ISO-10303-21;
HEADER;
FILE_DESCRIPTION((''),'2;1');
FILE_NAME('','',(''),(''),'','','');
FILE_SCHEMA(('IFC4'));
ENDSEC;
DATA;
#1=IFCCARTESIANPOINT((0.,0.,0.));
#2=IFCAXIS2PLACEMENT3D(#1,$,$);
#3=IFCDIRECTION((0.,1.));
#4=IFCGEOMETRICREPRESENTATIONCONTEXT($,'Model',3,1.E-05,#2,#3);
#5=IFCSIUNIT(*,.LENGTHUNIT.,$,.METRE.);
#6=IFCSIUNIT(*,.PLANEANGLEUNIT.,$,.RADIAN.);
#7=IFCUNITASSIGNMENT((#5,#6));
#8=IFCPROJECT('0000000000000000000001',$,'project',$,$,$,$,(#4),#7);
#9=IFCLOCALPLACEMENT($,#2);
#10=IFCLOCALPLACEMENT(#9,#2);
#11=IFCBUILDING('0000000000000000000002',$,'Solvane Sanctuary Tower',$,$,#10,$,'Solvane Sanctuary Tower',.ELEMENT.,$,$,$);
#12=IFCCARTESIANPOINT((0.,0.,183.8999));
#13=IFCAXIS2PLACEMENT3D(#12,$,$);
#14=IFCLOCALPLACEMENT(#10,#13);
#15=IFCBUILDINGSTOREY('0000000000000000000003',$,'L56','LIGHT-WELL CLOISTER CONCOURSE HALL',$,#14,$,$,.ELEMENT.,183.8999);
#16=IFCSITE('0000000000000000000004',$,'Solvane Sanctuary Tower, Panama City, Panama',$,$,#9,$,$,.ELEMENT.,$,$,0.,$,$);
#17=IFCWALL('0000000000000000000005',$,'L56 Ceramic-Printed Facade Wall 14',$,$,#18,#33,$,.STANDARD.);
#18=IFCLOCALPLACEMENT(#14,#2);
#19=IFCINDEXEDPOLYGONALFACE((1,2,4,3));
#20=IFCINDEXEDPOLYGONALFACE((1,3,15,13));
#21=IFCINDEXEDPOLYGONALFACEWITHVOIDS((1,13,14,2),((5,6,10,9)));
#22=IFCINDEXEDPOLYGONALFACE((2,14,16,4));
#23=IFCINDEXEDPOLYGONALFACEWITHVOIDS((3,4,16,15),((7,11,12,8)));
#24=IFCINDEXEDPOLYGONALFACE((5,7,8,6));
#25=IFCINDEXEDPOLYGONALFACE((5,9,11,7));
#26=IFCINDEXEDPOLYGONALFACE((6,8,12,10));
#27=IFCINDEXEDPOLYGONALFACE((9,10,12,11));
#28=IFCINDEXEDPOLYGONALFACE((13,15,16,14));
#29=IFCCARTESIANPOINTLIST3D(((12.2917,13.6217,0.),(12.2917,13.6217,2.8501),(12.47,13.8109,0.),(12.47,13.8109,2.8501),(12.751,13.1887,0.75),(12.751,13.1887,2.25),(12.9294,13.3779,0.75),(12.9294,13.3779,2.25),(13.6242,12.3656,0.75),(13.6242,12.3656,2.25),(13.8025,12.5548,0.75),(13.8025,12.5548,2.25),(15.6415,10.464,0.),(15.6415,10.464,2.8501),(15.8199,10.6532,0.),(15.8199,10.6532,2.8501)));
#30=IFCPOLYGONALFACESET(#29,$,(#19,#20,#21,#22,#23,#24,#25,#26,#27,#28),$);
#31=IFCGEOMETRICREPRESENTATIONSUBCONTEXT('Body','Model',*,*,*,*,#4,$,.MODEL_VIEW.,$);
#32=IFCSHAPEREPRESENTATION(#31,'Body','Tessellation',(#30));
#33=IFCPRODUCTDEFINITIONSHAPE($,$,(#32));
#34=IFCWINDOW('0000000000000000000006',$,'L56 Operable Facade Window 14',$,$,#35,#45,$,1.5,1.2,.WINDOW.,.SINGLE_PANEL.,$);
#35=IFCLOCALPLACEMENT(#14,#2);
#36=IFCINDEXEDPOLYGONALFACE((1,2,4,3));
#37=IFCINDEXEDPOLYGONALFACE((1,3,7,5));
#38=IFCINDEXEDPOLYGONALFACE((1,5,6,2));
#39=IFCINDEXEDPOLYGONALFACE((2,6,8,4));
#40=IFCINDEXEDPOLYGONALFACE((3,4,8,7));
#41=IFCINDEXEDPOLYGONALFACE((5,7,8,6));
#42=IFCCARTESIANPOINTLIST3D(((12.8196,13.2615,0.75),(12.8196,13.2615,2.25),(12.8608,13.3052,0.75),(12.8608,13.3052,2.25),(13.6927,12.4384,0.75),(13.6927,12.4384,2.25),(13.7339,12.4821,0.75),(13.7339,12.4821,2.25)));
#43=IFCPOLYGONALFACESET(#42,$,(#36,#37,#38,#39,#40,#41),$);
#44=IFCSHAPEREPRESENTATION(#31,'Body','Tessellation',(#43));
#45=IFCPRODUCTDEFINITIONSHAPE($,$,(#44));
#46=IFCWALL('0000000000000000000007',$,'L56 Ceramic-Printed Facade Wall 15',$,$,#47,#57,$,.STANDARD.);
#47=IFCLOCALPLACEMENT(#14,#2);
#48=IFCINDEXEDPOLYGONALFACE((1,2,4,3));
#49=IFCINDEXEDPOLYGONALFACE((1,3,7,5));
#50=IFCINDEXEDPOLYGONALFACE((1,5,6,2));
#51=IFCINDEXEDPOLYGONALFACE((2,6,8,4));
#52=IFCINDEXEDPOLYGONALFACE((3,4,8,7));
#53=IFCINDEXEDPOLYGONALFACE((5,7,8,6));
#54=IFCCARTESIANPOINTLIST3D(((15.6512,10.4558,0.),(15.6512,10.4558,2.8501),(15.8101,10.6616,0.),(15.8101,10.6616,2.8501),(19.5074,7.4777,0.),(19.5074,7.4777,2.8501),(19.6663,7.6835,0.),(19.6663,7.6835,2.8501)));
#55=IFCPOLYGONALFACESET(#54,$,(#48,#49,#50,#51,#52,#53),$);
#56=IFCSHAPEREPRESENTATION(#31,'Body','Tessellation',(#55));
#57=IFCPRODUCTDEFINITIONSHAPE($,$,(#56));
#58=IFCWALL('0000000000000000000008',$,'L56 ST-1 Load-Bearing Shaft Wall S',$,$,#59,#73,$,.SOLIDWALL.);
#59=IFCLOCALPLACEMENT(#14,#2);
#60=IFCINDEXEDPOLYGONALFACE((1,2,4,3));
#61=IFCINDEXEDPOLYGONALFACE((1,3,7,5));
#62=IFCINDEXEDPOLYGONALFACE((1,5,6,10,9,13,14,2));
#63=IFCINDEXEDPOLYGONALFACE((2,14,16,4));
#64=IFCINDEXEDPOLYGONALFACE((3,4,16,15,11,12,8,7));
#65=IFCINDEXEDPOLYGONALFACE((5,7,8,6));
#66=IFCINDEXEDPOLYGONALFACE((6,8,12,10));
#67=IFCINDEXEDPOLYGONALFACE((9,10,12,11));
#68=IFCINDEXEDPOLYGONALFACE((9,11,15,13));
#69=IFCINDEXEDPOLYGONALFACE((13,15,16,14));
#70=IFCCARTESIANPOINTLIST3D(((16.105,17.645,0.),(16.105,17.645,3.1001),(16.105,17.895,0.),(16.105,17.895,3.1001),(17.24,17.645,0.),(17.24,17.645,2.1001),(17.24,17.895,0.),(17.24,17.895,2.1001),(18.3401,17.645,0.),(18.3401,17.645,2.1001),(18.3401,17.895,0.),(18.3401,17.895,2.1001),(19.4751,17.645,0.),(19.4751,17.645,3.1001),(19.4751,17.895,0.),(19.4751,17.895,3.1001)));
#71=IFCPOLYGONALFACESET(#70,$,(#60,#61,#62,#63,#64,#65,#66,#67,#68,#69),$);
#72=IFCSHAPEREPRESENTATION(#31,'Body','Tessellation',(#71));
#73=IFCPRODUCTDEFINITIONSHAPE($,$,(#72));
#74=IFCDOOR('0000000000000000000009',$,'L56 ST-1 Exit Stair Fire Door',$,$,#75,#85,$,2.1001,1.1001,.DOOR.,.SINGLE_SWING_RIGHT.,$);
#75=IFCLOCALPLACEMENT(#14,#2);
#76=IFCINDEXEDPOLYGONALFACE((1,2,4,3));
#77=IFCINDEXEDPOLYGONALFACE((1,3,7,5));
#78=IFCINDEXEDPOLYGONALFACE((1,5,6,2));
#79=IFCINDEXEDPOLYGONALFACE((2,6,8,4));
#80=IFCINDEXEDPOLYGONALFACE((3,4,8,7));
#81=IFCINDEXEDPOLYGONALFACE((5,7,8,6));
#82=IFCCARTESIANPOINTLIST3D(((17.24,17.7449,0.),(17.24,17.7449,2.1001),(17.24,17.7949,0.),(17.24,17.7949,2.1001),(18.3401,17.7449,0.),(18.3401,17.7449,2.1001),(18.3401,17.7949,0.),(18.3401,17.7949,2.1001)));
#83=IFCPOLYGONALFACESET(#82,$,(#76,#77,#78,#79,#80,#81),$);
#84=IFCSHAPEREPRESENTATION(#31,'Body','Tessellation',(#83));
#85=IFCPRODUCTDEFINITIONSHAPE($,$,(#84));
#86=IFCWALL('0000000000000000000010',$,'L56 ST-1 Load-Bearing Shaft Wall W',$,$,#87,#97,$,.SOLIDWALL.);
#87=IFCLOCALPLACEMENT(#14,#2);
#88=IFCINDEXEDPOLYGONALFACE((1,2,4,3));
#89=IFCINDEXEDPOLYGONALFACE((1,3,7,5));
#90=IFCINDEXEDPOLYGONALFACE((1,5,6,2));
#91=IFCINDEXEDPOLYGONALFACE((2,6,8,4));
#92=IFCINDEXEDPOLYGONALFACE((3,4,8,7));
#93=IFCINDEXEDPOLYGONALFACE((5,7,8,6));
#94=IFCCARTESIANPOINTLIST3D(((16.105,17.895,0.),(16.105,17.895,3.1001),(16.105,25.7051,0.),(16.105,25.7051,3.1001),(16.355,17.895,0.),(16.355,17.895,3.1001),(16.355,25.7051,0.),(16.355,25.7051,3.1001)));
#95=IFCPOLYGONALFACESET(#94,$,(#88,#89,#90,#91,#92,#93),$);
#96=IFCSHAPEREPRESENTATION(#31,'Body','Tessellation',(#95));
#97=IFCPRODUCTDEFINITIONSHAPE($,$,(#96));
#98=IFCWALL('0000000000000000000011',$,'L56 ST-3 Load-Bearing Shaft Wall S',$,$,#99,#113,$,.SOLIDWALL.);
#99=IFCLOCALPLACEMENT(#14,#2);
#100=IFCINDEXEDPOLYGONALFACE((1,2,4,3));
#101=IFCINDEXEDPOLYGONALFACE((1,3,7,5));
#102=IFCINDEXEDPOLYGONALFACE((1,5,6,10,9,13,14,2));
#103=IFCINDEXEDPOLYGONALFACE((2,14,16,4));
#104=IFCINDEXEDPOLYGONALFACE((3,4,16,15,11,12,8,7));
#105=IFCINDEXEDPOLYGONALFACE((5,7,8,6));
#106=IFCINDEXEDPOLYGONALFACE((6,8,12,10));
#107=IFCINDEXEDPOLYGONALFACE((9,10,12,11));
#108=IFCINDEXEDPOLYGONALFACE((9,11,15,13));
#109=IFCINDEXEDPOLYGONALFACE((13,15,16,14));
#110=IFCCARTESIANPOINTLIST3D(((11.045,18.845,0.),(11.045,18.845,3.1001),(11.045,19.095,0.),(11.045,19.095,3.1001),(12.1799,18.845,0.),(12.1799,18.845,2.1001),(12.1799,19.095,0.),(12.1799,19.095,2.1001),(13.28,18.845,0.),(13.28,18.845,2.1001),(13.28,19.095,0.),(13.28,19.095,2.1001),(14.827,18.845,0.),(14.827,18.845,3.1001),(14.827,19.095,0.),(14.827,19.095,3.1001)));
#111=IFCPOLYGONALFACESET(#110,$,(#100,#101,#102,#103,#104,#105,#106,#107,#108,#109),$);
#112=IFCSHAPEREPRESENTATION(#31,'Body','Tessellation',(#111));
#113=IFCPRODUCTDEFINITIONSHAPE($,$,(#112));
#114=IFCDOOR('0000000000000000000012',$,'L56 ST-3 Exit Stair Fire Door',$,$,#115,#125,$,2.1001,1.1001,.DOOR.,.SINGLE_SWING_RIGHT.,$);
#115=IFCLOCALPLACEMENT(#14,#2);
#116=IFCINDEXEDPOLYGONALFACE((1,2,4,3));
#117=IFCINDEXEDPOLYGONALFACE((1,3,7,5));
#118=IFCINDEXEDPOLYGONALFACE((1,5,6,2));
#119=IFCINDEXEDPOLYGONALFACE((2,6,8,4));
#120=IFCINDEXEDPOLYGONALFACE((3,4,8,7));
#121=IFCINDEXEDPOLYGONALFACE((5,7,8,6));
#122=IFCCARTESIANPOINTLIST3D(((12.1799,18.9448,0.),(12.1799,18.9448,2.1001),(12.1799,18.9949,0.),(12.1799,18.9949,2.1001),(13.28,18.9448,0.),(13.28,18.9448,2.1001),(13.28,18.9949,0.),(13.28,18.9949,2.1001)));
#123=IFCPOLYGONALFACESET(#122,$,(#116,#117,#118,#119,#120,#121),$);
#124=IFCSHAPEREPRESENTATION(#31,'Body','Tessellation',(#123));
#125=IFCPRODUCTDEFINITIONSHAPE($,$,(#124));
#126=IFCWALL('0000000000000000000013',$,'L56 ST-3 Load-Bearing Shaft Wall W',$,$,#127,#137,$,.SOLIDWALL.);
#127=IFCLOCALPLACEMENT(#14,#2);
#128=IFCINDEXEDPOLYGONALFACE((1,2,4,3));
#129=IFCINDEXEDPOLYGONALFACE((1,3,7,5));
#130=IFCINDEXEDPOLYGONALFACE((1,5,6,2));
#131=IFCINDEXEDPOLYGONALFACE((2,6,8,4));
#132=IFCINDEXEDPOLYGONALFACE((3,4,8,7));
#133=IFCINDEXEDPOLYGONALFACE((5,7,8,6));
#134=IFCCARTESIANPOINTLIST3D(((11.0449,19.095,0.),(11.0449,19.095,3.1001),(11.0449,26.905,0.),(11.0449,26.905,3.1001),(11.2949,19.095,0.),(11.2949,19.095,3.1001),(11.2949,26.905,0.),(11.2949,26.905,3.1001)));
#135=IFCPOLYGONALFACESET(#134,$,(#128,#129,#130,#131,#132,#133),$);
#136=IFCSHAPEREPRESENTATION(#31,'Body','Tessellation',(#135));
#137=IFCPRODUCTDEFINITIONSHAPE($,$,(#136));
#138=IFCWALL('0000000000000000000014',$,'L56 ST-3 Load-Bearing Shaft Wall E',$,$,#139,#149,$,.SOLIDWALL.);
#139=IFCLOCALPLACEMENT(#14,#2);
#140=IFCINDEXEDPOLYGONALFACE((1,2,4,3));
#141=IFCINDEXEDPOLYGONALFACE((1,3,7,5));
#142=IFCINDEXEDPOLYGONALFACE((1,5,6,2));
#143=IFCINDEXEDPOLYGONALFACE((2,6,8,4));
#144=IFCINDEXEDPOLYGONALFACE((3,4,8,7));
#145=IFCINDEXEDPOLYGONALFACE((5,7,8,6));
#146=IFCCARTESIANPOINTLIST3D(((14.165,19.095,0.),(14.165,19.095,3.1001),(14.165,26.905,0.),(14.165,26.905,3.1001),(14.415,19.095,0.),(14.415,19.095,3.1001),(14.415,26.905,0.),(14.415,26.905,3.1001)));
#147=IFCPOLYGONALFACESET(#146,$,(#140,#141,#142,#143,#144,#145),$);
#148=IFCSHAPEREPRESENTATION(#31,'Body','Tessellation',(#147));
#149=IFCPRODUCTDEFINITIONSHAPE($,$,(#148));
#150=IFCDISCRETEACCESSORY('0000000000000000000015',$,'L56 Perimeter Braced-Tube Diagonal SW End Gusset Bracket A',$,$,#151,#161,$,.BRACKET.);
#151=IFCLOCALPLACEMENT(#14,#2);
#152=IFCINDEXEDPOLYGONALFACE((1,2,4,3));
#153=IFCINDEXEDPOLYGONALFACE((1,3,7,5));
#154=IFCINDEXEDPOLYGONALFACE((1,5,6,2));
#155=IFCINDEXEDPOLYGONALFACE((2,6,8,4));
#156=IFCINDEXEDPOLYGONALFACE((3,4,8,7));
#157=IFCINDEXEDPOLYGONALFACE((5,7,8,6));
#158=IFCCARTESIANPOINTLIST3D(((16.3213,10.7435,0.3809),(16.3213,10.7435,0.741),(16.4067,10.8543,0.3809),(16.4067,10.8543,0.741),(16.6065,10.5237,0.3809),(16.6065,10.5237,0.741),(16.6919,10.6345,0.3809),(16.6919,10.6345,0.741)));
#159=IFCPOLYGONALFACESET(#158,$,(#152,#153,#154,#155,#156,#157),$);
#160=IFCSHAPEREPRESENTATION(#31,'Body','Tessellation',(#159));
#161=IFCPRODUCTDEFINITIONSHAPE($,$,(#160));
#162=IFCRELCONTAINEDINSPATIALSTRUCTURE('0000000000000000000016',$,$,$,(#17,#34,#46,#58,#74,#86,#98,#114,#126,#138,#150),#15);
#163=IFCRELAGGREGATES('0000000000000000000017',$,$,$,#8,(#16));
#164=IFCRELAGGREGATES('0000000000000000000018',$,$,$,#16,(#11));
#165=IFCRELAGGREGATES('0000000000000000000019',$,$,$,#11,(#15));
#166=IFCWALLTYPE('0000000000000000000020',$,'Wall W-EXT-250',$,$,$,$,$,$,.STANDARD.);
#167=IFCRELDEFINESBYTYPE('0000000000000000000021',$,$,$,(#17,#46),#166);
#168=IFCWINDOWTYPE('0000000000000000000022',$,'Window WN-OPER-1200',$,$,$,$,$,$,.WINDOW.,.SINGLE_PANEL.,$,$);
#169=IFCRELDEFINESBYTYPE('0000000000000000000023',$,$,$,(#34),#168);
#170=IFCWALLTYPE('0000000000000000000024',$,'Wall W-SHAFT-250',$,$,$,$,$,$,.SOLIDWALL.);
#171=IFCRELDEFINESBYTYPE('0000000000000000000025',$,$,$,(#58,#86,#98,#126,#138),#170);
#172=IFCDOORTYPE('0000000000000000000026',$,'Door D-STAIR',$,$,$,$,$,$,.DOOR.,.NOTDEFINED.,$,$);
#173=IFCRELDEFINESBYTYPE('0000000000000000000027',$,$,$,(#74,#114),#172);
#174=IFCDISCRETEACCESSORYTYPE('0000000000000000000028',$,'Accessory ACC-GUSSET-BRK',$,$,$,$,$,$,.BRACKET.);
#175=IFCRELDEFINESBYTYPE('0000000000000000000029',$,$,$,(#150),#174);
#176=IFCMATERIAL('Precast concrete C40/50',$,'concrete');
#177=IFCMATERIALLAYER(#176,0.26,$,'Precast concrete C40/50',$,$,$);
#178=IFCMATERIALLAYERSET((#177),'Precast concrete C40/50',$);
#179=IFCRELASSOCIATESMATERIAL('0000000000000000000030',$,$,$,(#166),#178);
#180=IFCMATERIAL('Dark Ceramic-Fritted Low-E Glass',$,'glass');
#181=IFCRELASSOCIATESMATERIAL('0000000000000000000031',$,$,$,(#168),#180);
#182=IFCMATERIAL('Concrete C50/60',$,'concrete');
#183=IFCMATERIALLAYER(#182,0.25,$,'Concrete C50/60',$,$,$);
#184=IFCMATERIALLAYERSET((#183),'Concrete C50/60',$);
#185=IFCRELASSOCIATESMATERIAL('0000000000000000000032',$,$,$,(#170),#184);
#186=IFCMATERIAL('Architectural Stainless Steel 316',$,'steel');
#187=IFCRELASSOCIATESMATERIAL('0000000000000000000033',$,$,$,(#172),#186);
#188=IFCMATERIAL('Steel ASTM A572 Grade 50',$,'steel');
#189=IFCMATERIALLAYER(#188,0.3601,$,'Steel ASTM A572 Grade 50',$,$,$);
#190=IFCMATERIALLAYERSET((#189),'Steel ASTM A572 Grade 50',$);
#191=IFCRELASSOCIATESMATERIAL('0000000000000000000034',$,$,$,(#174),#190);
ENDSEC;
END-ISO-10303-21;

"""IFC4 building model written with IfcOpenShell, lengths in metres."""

from ifc_helpers import new_model, si_unit, direction, frame, frame_2d, origin, origin_2d, place, context, subcontext, project, spatial, rectangle, extrude, material, layer, layer_set, type_object, element, fill, save


model = new_model("IFC4")

# Units and contexts
model_context = context("Model", 3, precision=1e-05, world=origin(), true_north=direction((0.0, 1.0)))
body_context = subcontext(model_context, "Body", "Model", "MODEL_VIEW")
ifc_project = project(units=[si_unit("LENGTHUNIT", "METRE"), si_unit("PLANEANGLEUNIT", "RADIAN")], contexts=[model_context])

# Site, building, storey
site_placement = place(None, origin())
site = spatial("IfcSite", under=ifc_project, at=site_placement, Name="Solvane Sanctuary Tower, Panama City, Panama", CompositionType="ELEMENT", RefElevation=0.0)
building_placement = place(site_placement, origin())
building = spatial("IfcBuilding", under=site, at=building_placement, Name="Solvane Sanctuary Tower", LongName="Solvane Sanctuary Tower", CompositionType="ELEMENT")
storey_placement = place(building_placement, frame((0.0, 0.0, 183.8999)))
storey = spatial("IfcBuildingStorey", under=building, at=storey_placement, Name="L56", Description="LIGHT-WELL CLOISTER CONCOURSE HALL", CompositionType="ELEMENT", Elevation=183.8999)

# Shared definitions
ifc_material_1 = material(Name="Concrete C50/60", Category="concrete")

# Shared definitions
ifc_material_2 = material(Name="Architectural Stainless Steel 316", Category="steel")

# Wall, opening, window
ifc_material_3 = material(Name="Precast concrete C40/50", Category="concrete")
ifc_layer_1 = layer(ifc_material_3, 0.26, Name="Precast concrete C40/50")
ifc_layer_set_1 = layer_set([ifc_layer_1], Name="Precast concrete C40/50")
wall_type_1 = type_object("IfcWallType", Name="Wall W-EXT-250", PredefinedType="STANDARD", material=ifc_layer_set_1)
ifc_material_4 = material(Name="Dark Ceramic-Fritted Low-E Glass", Category="glass")
window_type = type_object("IfcWindowType", Name="Window WN-OPER-1200", PartitioningType="SINGLE_PANEL", PredefinedType="WINDOW", material=ifc_material_4)
wall_1_placement = place(storey_placement, frame((12.3809, 13.7163, 0.0), z_axis=(0.0, 0.0, 1.0), x_axis=(0.727667, -0.68593, 0.0)))
wall_1 = element("IfcWall", 1, at=wall_1_placement, inside=storey, type_object=wall_type_1, Name="L56 Ceramic-Printed Facade Wall 14", PredefinedType="STANDARD", context=body_context, shape_type="SweptSolid", body=[
    extrude(rectangle(XDim=4.6035, YDim=0.26, at=frame_2d((2.3018, 0.0))), origin(), (0.0, 0.0, 1.0), 2.8501),
])
opening_1_placement = place(wall_1_placement, frame((0.6311, 0.0, 0.75)))
opening_1 = element("IfcOpeningElement", 2, at=opening_1_placement, cuts=wall_1, PredefinedType="OPENING", context=body_context, shape_type="SweptSolid", body=[
    extrude(rectangle(XDim=1.2, YDim=1.5, at=frame_2d((0.6001, 0.75))), frame((0.0, 0.1399, 0.0), z_axis=(0.0, -1.0, 0.0), x_axis=(1.0, 0.0, 0.0)), (0.0, 0.0, 1.0), 0.28),
])
window_1_placement = place(opening_1_placement, origin())
window_1 = element("IfcWindow", 3, at=window_1_placement, inside=storey, type_object=window_type, Name="L56 Operable Facade Window 14", OverallHeight=1.5, OverallWidth=1.2, PartitioningType="SINGLE_PANEL", PredefinedType="WINDOW", context=body_context, shape_type="SweptSolid", body=[
    extrude(rectangle(XDim=1.2, YDim=1.5, at=frame_2d((0.6001, 0.75))), frame((0.0, 0.03, 0.0), z_axis=(0.0, -1.0, 0.0), x_axis=(1.0, 0.0, 0.0)), (0.0, 0.0, 1.0), 0.0601),
])
fill(opening_1, window_1)

# Wall
wall_2_placement = place(storey_placement, frame((15.7307, 10.5586, 0.0), z_axis=(0.0, 0.0, 1.0), x_axis=(0.79146, -0.611221, 0.0)))
element("IfcWall", 4, at=wall_2_placement, inside=storey, type_object=wall_type_1, Name="L56 Ceramic-Printed Facade Wall 15", PredefinedType="STANDARD", context=body_context, shape_type="SweptSolid", body=[
    extrude(rectangle(XDim=4.8723, YDim=0.26, at=frame_2d((2.436, 0.0))), origin(), (0.0, 0.0, 1.0), 2.8501),
])

# Wall, opening, door
ifc_layer_2 = layer(ifc_material_1, 0.25, Name="Concrete C50/60")
ifc_layer_set_2 = layer_set([ifc_layer_2], Name="Concrete C50/60")
wall_type_2 = type_object("IfcWallType", Name="Wall W-SHAFT-250", PredefinedType="SOLIDWALL", material=ifc_layer_set_2)
wall_3_placement = place(storey_placement, frame((16.105, 17.77, 0.0), z_axis=(0.0, 0.0, 1.0), x_axis=(1.0, 0.0, 0.0)))
wall_3 = element("IfcWall", 5, at=wall_3_placement, inside=storey, type_object=wall_type_2, Name="L56 ST-1 Load-Bearing Shaft Wall S", PredefinedType="SOLIDWALL", context=body_context, shape_type="SweptSolid", body=[
    extrude(rectangle(XDim=3.3701, YDim=0.25, at=frame_2d((1.6851, 0.0))), origin(), (0.0, 0.0, 1.0), 3.1001),
])
opening_2_placement = place(wall_3_placement, frame((1.135, 0.0, 0.0)))
opening_2 = element("IfcOpeningElement", 6, at=opening_2_placement, cuts=wall_3, PredefinedType="OPENING", context=body_context, shape_type="SweptSolid", body=[
    extrude(rectangle(XDim=1.1001, YDim=2.1001, at=frame_2d((0.55, 1.05))), frame((0.0, 0.135, 0.0), z_axis=(0.0, -1.0, 0.0), x_axis=(1.0, 0.0, 0.0)), (0.0, 0.0, 1.0), 0.27),
])
door_type_1 = type_object("IfcDoorType", Name="Door D-STAIR", OperationType="NOTDEFINED", PredefinedType="DOOR", material=ifc_material_2)
door_1_placement = place(opening_2_placement, origin())
door_1 = element("IfcDoor", 7, at=door_1_placement, inside=storey, type_object=door_type_1, Name="L56 ST-1 Exit Stair Fire Door", OperationType="SINGLE_SWING_RIGHT", OverallHeight=2.1001, OverallWidth=1.1001, PredefinedType="DOOR", context=body_context, shape_type="SweptSolid", body=[
    extrude(rectangle(XDim=1.1001, YDim=2.1001, at=frame_2d((0.55, 1.05))), frame((0.0, 0.0249, 0.0), z_axis=(0.0, -1.0, 0.0), x_axis=(1.0, 0.0, 0.0)), (0.0, 0.0, 1.0), 0.05),
])
fill(opening_2, door_1)

# Wall
wall_4_placement = place(storey_placement, frame((16.23, 17.895, 0.0), z_axis=(0.0, 0.0, 1.0), x_axis=(0.0, 1.0, 0.0)))
element("IfcWall", 8, at=wall_4_placement, inside=storey, type_object=wall_type_2, Name="L56 ST-1 Load-Bearing Shaft Wall W", PredefinedType="SOLIDWALL", context=body_context, shape_type="SweptSolid", body=[
    extrude(rectangle(XDim=7.8101, YDim=0.25, at=frame_2d((3.905, 0.0))), origin(), (0.0, 0.0, 1.0), 3.1001),
])

# Wall, opening, door
wall_5_placement = place(storey_placement, frame((11.0449, 18.97, 0.0), z_axis=(0.0, 0.0, 1.0), x_axis=(1.0, 0.0, 0.0)))
wall_5 = element("IfcWall", 9, at=wall_5_placement, inside=storey, type_object=wall_type_2, Name="L56 ST-3 Load-Bearing Shaft Wall S", PredefinedType="SOLIDWALL", context=body_context, shape_type="SweptSolid", body=[
    extrude(rectangle(XDim=3.782, YDim=0.25, at=frame_2d((1.8911, 0.0))), origin(), (0.0, 0.0, 1.0), 3.1001),
])
opening_3_placement = place(wall_5_placement, frame((1.135, 0.0, 0.0)))
opening_3 = element("IfcOpeningElement", 10, at=opening_3_placement, cuts=wall_5, PredefinedType="OPENING", context=body_context, shape_type="SweptSolid", body=[
    extrude(rectangle(XDim=1.1001, YDim=2.1001, at=frame_2d((0.55, 1.05))), frame((0.0, 0.135, 0.0), z_axis=(0.0, -1.0, 0.0), x_axis=(1.0, 0.0, 0.0)), (0.0, 0.0, 1.0), 0.27),
])
door_2_placement = place(opening_3_placement, origin())
door_2 = element("IfcDoor", 11, at=door_2_placement, inside=storey, type_object=door_type_1, Name="L56 ST-3 Exit Stair Fire Door", OperationType="SINGLE_SWING_RIGHT", OverallHeight=2.1001, OverallWidth=1.1001, PredefinedType="DOOR", context=body_context, shape_type="SweptSolid", body=[
    extrude(rectangle(XDim=1.1001, YDim=2.1001, at=frame_2d((0.55, 1.05))), frame((0.0, 0.0249, 0.0), z_axis=(0.0, -1.0, 0.0), x_axis=(1.0, 0.0, 0.0)), (0.0, 0.0, 1.0), 0.05),
])
fill(opening_3, door_2)

# Walls
for number, where, z_axis, x_axis, name in (
    (12, (11.1699, 19.095, 0.0), (0.0, 0.0, 1.0), (0.0, 1.0, 0.0), "L56 ST-3 Load-Bearing Shaft Wall W"),
    (13, (14.29, 19.095, 0.0), (0.0, 0.0, 1.0), (0.0, 1.0, 0.0), "L56 ST-3 Load-Bearing Shaft Wall E"),
):
    element("IfcWall", number, at=place(storey_placement, frame(where, z_axis=z_axis, x_axis=x_axis)), inside=storey, type_object=wall_type_2, Name=name, PredefinedType="SOLIDWALL", context=body_context, shape_type="SweptSolid", body=[
        extrude(rectangle(XDim=7.8101, YDim=0.25, at=frame_2d((3.905, 0.0))), origin(), (0.0, 0.0, 1.0), 3.1001),
    ])

# Discrete accessory
ifc_material_5 = material(Name="Steel ASTM A572 Grade 50", Category="steel")
ifc_layer_3 = layer(ifc_material_5, 0.3601, Name="Steel ASTM A572 Grade 50")
ifc_layer_set_3 = layer_set([ifc_layer_3], Name="Steel ASTM A572 Grade 50")
discrete_accessory_type = type_object("IfcDiscreteAccessoryType", Name="Accessory ACC-GUSSET-BRK", PredefinedType="BRACKET", material=ifc_layer_set_3)
discrete_accessory_placement = place(storey_placement, frame((16.5066, 10.689, 0.3809), z_axis=(0.0, 0.0, 1.0), x_axis=(0.792077, -0.610422, 0.0)))
element("IfcDiscreteAccessory", 14, at=discrete_accessory_placement, inside=storey, type_object=discrete_accessory_type, Name="L56 Perimeter Braced-Tube Diagonal SW End Gusset Bracket A", PredefinedType="BRACKET", context=body_context, shape_type="SweptSolid", body=[
    extrude(rectangle(XDim=0.3601, YDim=0.1399, at=origin_2d()), origin(), (0.0, 0.0, 1.0), 0.3601),
])

save(model, "model.ifc")
